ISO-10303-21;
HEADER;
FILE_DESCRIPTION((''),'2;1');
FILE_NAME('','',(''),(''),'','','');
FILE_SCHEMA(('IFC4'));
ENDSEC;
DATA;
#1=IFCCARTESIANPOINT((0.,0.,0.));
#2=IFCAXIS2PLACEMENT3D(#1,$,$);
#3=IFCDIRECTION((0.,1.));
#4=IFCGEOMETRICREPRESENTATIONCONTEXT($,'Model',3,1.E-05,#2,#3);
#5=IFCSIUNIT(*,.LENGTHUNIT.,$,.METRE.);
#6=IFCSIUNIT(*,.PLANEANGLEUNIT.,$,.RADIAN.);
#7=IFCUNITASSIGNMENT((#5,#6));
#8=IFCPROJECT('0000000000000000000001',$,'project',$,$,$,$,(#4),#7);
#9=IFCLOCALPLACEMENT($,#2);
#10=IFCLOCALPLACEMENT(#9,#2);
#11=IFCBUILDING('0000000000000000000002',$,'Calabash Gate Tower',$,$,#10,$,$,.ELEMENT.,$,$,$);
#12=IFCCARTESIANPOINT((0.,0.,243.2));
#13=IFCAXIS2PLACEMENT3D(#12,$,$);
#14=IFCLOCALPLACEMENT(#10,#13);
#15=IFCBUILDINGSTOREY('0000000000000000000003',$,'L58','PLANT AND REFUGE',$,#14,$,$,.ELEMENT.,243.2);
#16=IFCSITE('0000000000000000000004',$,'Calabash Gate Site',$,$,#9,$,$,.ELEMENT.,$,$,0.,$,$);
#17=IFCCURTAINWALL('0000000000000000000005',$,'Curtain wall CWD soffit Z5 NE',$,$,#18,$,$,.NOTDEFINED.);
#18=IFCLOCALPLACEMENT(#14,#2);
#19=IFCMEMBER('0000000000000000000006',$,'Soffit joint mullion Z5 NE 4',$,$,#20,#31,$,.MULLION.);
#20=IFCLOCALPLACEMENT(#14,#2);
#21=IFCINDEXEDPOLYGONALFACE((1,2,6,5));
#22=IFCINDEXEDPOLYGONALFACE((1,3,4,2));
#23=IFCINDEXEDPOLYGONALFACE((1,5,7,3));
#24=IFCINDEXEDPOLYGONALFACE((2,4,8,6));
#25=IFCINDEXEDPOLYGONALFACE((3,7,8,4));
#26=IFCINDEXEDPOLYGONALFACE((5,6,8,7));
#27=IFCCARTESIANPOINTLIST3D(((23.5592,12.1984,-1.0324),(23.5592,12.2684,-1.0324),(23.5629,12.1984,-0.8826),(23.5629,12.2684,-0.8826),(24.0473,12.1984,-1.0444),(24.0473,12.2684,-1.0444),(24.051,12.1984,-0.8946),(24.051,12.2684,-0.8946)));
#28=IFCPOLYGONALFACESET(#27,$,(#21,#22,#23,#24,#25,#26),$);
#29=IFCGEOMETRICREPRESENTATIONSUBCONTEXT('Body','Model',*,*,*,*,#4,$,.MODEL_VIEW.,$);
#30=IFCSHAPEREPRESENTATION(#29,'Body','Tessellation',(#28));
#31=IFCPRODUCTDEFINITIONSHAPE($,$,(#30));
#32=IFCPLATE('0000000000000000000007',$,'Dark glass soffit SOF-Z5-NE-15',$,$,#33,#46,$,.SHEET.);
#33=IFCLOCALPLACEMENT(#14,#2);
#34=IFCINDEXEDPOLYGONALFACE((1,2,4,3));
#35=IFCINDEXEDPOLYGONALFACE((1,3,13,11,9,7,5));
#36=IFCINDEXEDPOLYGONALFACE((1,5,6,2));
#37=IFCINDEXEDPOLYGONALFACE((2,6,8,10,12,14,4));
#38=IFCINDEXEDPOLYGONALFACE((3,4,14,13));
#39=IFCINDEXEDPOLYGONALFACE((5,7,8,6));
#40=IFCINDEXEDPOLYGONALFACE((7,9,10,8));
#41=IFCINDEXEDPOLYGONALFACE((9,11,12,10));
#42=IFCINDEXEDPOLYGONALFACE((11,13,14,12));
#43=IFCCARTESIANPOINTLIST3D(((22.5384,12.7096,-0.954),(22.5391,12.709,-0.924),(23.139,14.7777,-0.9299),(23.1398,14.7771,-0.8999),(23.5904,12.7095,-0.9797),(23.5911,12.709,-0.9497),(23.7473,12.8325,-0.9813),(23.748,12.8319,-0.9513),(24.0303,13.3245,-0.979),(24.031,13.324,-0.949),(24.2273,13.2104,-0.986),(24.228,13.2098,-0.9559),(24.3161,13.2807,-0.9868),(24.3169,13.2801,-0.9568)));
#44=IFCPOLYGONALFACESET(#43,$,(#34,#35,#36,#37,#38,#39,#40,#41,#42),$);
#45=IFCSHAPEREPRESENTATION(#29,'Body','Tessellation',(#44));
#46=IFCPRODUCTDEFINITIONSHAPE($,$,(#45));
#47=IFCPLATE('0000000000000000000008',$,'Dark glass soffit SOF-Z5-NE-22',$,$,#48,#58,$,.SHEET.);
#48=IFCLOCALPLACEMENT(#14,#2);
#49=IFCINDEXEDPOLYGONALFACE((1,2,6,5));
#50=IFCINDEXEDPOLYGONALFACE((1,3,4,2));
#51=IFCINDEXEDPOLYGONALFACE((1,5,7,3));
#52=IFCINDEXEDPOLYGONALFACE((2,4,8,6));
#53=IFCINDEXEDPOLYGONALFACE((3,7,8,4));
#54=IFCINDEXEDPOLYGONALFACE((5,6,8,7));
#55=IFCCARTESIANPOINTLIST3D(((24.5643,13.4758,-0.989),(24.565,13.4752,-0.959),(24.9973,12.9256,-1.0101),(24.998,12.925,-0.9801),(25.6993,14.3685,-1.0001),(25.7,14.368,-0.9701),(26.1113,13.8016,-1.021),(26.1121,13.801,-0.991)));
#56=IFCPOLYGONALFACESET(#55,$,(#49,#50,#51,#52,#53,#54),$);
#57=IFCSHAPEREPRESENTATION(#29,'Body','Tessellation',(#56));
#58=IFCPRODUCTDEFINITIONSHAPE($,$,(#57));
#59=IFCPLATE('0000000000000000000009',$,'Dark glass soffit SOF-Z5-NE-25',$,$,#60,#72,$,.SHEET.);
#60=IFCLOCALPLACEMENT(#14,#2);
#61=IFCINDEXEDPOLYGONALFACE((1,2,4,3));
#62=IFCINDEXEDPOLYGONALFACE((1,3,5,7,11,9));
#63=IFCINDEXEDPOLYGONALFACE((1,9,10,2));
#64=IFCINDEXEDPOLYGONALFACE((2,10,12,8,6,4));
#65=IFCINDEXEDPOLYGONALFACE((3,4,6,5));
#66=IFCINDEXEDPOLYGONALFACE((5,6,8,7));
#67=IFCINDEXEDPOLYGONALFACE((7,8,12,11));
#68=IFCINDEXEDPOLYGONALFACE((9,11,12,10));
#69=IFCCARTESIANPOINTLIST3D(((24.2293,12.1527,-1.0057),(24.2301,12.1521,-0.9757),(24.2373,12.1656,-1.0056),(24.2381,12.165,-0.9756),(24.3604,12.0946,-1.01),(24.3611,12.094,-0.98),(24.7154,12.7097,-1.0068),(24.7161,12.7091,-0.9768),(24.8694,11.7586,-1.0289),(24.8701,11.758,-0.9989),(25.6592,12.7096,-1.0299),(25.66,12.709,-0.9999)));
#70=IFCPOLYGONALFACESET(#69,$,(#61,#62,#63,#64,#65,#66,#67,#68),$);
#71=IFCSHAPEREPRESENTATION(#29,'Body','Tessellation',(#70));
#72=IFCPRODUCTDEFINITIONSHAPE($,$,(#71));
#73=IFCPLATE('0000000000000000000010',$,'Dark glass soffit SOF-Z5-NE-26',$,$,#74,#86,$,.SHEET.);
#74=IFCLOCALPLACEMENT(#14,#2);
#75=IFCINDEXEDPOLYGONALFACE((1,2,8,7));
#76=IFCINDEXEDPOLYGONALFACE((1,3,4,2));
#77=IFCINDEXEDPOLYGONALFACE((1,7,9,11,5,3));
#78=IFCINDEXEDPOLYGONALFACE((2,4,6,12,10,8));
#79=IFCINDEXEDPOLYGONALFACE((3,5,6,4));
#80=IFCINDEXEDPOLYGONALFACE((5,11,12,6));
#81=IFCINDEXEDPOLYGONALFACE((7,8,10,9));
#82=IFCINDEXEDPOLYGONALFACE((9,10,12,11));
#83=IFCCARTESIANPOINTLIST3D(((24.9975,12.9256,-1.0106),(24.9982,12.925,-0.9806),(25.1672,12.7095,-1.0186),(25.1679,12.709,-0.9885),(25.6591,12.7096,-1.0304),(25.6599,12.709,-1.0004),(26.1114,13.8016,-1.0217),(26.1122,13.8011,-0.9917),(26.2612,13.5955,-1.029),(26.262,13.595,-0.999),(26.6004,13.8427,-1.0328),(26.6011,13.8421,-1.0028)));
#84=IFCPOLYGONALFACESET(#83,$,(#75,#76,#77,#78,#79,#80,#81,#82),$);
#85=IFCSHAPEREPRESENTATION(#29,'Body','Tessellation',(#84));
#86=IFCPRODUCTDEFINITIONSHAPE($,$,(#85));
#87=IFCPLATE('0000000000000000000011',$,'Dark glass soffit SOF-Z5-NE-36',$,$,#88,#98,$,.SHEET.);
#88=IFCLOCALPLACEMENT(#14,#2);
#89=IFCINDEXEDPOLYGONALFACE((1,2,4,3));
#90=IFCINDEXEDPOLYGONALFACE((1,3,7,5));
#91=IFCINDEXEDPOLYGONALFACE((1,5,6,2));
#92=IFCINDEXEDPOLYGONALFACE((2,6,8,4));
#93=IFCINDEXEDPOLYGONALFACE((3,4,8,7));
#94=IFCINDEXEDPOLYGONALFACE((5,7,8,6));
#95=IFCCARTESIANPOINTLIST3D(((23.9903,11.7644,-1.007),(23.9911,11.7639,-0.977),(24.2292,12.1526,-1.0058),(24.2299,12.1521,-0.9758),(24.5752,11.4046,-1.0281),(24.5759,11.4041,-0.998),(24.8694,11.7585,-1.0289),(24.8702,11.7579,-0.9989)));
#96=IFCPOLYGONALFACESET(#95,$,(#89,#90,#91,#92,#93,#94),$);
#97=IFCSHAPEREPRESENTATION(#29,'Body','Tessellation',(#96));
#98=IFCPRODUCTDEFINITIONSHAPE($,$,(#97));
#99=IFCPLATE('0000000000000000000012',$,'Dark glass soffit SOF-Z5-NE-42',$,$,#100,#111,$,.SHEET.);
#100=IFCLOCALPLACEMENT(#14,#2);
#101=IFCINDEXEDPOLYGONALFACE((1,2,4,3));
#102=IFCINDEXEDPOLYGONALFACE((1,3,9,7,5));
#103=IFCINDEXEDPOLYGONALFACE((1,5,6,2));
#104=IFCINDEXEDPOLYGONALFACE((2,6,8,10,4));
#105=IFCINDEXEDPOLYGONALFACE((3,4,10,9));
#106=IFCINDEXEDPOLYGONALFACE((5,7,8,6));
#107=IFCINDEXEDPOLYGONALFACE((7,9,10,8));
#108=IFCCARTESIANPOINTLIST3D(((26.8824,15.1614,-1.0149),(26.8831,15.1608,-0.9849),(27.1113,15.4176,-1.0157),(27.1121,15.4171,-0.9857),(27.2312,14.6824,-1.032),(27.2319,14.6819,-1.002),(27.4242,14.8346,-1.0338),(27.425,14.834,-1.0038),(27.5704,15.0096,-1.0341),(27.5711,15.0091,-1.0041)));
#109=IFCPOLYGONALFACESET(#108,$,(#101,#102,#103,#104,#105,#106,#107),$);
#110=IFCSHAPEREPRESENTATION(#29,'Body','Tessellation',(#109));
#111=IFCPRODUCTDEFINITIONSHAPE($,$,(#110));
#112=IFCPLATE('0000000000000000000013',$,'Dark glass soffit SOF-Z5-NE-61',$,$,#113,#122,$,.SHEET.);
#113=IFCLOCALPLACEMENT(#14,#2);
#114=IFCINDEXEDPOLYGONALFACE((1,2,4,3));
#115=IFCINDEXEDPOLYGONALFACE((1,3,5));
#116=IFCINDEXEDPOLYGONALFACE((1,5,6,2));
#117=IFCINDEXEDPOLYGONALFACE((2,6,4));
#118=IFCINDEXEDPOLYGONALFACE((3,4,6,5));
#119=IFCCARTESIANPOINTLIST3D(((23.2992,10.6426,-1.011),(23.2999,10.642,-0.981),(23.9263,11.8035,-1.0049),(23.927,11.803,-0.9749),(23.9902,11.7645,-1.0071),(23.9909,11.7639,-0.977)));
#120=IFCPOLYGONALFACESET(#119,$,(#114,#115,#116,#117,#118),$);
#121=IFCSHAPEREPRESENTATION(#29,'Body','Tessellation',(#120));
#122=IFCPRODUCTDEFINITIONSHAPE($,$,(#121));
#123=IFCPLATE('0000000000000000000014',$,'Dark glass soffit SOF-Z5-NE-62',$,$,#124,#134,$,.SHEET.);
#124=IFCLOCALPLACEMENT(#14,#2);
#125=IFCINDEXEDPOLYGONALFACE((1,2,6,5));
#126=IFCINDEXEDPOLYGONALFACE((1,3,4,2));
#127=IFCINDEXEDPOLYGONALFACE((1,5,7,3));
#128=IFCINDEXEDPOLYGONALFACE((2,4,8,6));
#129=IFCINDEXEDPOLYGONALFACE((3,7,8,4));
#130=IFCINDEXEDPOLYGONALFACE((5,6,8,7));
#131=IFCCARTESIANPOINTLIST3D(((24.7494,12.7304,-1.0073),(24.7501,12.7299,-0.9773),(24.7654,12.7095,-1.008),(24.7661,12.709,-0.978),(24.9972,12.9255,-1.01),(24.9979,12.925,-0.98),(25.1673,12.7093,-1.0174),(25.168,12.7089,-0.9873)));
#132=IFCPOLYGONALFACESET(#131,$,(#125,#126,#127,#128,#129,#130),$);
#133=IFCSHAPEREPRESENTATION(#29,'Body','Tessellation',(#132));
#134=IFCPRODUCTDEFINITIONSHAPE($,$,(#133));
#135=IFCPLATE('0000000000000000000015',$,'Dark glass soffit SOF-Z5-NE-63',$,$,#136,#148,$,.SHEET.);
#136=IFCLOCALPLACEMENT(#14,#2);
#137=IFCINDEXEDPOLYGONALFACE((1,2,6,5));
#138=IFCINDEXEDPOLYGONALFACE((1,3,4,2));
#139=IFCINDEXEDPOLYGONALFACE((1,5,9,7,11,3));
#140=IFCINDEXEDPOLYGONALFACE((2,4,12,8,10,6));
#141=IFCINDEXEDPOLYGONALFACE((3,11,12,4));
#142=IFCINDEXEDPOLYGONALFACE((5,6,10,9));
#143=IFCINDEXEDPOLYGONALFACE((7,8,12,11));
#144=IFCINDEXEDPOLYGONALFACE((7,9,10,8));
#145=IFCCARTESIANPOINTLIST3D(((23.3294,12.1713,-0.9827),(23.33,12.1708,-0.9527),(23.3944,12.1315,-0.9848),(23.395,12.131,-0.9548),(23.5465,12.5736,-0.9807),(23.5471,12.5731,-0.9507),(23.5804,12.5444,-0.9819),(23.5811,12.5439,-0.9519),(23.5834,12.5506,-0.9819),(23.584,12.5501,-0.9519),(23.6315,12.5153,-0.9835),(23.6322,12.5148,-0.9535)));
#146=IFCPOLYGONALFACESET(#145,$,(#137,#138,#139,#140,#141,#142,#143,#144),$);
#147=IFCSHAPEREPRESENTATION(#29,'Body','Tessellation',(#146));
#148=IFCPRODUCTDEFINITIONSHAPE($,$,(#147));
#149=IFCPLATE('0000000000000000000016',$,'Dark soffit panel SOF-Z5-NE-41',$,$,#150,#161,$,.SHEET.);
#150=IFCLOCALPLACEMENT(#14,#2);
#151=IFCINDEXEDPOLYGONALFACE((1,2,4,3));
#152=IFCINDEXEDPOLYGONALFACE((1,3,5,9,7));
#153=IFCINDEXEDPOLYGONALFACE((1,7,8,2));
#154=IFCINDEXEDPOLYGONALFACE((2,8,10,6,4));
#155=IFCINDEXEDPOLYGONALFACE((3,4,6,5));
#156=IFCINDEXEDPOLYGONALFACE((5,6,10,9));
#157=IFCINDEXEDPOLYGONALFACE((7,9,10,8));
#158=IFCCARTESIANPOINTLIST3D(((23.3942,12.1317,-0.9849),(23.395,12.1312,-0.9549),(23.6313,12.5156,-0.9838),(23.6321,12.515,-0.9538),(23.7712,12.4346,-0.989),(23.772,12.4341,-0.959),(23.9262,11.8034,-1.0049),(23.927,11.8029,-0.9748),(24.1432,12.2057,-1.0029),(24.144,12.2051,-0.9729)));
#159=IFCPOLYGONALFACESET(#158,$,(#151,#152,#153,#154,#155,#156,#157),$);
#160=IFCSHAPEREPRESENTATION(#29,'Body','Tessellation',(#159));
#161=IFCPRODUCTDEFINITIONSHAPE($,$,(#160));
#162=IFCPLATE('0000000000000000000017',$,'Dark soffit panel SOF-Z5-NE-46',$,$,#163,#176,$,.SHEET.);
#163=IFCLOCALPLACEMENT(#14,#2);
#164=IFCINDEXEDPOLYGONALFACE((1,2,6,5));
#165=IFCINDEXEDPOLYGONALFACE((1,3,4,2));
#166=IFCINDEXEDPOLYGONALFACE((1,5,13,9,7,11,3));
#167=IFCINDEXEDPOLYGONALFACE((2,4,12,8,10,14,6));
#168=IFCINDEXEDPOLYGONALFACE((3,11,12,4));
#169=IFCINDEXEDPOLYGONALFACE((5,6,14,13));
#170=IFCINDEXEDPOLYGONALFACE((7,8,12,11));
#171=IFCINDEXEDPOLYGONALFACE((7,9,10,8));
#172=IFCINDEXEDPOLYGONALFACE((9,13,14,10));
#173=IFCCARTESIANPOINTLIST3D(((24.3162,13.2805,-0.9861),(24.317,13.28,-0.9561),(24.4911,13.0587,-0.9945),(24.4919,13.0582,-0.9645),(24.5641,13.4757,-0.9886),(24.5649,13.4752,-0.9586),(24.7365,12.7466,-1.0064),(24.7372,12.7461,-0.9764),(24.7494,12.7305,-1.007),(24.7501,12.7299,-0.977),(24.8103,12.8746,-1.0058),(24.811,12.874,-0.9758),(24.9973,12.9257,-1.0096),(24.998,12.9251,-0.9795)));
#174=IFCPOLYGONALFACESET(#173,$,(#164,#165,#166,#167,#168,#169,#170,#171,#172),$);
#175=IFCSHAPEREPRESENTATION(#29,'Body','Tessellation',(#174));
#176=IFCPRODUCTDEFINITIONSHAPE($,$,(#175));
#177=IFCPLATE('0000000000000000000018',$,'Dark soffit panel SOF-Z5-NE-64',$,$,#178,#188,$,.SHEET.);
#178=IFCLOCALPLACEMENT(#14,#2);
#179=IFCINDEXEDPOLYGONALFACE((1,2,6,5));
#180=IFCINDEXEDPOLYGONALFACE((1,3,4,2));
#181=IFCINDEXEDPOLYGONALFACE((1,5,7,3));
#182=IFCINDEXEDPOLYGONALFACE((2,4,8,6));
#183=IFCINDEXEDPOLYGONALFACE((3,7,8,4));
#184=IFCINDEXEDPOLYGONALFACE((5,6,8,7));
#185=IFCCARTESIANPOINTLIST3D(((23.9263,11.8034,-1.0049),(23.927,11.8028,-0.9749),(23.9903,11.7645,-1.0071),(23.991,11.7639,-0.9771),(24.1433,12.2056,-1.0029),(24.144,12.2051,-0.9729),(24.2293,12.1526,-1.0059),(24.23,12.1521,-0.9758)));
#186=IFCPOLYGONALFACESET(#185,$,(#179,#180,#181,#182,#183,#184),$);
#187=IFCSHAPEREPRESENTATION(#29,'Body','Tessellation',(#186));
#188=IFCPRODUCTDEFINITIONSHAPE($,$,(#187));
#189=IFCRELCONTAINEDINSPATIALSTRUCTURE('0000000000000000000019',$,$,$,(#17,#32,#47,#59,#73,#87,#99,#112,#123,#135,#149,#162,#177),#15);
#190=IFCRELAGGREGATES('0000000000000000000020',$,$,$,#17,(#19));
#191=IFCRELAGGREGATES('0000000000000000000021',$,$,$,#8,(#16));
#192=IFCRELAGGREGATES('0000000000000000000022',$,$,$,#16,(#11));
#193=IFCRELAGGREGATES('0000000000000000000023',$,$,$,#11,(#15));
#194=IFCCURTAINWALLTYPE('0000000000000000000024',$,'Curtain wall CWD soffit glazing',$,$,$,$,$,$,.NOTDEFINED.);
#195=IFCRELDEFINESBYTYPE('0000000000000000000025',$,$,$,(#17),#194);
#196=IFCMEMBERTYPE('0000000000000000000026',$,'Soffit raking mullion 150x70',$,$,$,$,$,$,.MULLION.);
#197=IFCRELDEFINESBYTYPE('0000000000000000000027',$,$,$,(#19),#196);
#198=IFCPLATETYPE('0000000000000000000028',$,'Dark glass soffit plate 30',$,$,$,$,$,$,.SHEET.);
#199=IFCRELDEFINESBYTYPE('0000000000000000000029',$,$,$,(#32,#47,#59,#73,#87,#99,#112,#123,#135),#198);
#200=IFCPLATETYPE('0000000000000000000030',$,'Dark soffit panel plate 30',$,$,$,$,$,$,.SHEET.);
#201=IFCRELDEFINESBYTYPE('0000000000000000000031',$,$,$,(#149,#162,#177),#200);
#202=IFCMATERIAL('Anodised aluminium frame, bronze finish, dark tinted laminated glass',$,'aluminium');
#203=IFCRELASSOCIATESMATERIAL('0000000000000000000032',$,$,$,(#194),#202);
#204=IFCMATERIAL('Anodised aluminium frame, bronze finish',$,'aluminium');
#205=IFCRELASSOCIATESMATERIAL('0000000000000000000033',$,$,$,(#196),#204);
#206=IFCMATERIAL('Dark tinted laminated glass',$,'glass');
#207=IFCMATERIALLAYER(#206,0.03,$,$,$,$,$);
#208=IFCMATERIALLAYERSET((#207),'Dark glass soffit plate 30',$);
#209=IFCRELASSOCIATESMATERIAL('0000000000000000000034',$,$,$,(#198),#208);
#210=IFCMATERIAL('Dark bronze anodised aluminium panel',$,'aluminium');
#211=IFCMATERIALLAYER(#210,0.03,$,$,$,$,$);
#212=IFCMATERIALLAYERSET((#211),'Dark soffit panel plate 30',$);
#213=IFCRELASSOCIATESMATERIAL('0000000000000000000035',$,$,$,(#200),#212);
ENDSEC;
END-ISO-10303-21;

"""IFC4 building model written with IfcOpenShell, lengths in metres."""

from ifc_helpers import new_model, si_unit, direction, frame, origin, origin_2d, place, context, subcontext, project, spatial, polyline, rectangle, outline, extrude, material, layer, layer_set, material_profile, profile_set, type_object, element, aggregate, save


model = new_model("IFC4")

# Units and contexts
model_context = context("Model", 3, precision=1e-05, world=origin(), true_north=direction((0.0, 1.0)))
body_context = subcontext(model_context, "Body", "Model", "MODEL_VIEW")
ifc_project = project(units=[si_unit("LENGTHUNIT", "METRE"), si_unit("PLANEANGLEUNIT", "RADIAN")], contexts=[model_context])

# Site, building, storey
site_placement = place(None, origin())
site = spatial("IfcSite", under=ifc_project, at=site_placement, Name="Calabash Gate Site", CompositionType="ELEMENT", RefElevation=0.0)
building_placement = place(site_placement, origin())
building = spatial("IfcBuilding", under=site, at=building_placement, Name="Calabash Gate Tower", CompositionType="ELEMENT")
storey_placement = place(building_placement, frame((0.0, 0.0, 243.2)))
storey = spatial("IfcBuildingStorey", under=building, at=storey_placement, Name="L58", Description="PLANT AND REFUGE", CompositionType="ELEMENT", Elevation=243.2)

# Curtain wall, member
ifc_material_1 = material(Name="Anodised aluminium frame, bronze finish, dark tinted laminated glass", Category="aluminium")
curtain_wall_type = type_object("IfcCurtainWallType", Name="Curtain wall CWD soffit glazing", PredefinedType="NOTDEFINED", material=ifc_material_1)
curtain_wall_placement = place(storey_placement, origin())
curtain_wall = element("IfcCurtainWall", 1, at=curtain_wall_placement, inside=storey, type_object=curtain_wall_type, Name="Curtain wall CWD soffit Z5 NE", PredefinedType="NOTDEFINED")
ifc_material_2 = material(Name="Anodised aluminium frame, bronze finish", Category="aluminium")
ifc_material_profile = material_profile(ifc_material_2, rectangle(XDim=0.1499, YDim=0.0701, at=origin_2d()))
ifc_profile_set = profile_set([ifc_material_profile], Name="Anodised aluminium frame, bronze finish")
member_type = type_object("IfcMemberType", Name="Soffit raking mullion 150x70", PredefinedType="MULLION", material=ifc_profile_set)
member_placement = place(storey_placement, frame((23.561, 12.2334, -0.9575), z_axis=(0.9997, 0.0, -0.024505), x_axis=(0.024505, 0.0, 0.9997)))
member = element("IfcMember", 2, at=member_placement, type_object=member_type, Name="Soffit joint mullion Z5 NE 4", PredefinedType="MULLION", context=body_context, shape_type="SweptSolid", body=[
    extrude(rectangle(XDim=0.1499, YDim=0.0701, at=origin_2d()), origin(), (0.0, 0.0, 1.0), 0.4883),
])
aggregate(curtain_wall, [member])

# Plates
ifc_material_3 = material(Name="Dark tinted laminated glass", Category="glass")
ifc_layer_1 = layer(ifc_material_3, 0.03)
ifc_layer_set_1 = layer_set([ifc_layer_1], Name="Dark glass soffit plate 30")
plate_type_1 = type_object("IfcPlateType", Name="Dark glass soffit plate 30", PredefinedType="SHEET", material=ifc_layer_set_1)
plate_1_placement = place(storey_placement, frame((24.031, 13.324, -0.949), z_axis=(0.024468, -0.018728, 0.999525), x_axis=(-0.498604, -0.86682, -0.004036)))
element("IfcPlate", 3, at=plate_1_placement, inside=storey, type_object=plate_type_1, Name="Dark glass soffit SOF-Z5-NE-15", PredefinedType="SHEET", context=body_context, shape_type="SweptSolid", body=[
    extrude(outline(polyline([(0.0, 0.0), (0.5676, 0.0), (0.7524, -0.0747), (1.2769, -0.9871), (-0.8154, -1.4978), (-0.1045, 0.2698), (0.0007, 0.2278), (0.0, 0.0)])), origin(), (0.0, 0.0, -1.0), 0.03),
])
plate_2_placement = place(storey_placement, frame((26.1121, 13.801, -0.991), z_axis=(0.024649, -0.018925, 0.999517), x_axis=(-0.786063, -0.618098, 0.007682)))
element("IfcPlate", 4, at=plate_2_placement, inside=storey, type_object=plate_type_1, Name="Dark glass soffit SOF-Z5-NE-22", PredefinedType="SHEET", context=body_context, shape_type="SweptSolid", body=[
    extrude(outline(polyline([(0.0, 0.0), (1.4172, 0.0), (1.4177, -0.7004), (-0.0264, -0.7007), (0.0, 0.0)])), origin(), (0.0, 0.0, -1.0), 0.03),
])
plate_3_placement = place(storey_placement, frame((24.3611, 12.094, -0.98), z_axis=(0.024416, -0.019206, 0.999517), x_axis=(0.499914, 0.866064, 0.004429)))
element("IfcPlate", 5, at=plate_3_placement, inside=storey, type_object=plate_type_1, Name="Dark glass soffit SOF-Z5-NE-25", PredefinedType="SHEET", context=body_context, shape_type="SweptSolid", body=[
    extrude(outline(polyline([(0.0, 0.0), (0.7102, 0.0), (1.1819, -0.8179), (-0.0366, -0.6091), (-0.0151, 0.1426), (0.0, 0.1421), (0.0, 0.0)])), origin(), (0.0, 0.0, -1.0), 0.03),
])
plate_4_placement = place(storey_placement, frame((26.262, 13.595, -0.999), z_axis=(0.024154, -0.018005, 0.999546), x_axis=(0.808167, 0.588885, -0.008922)))
element("IfcPlate", 6, at=plate_4_placement, inside=storey, type_object=plate_type_1, Name="Dark glass soffit SOF-Z5-NE-26", PredefinedType="SHEET", context=body_context, shape_type="SweptSolid", body=[
    extrude(outline(polyline([(0.0, 0.0), (0.4197, 0.0), (-1.0083, -0.3616), (-1.406, -0.0718), (-1.416, 0.2029), (0.0002, 0.2549), (0.0, 0.0)])), origin(), (0.0, 0.0, -1.0), 0.03),
])
plate_5_placement = place(storey_placement, frame((24.5759, 11.4041, -0.998), z_axis=(0.02486, -0.018189, 0.999525), x_axis=(-0.85133, 0.523731, 0.030705)))
element("IfcPlate", 7, at=plate_5_placement, inside=storey, type_object=plate_type_1, Name="Dark glass soffit SOF-Z5-NE-36", PredefinedType="SHEET", context=body_context, shape_type="SweptSolid", body=[
    extrude(outline(polyline([(0.0, 0.0), (0.687, 0.0), (0.687, -0.4558), (-0.0652, -0.4556), (0.0, 0.0)])), origin(), (0.0, 0.0, -1.0), 0.03),
])
plate_6_placement = place(storey_placement, frame((27.2319, 14.6819, -1.002), z_axis=(0.023818, -0.018199, 0.999551), x_axis=(-0.588493, 0.807992, 0.028734)))
element("IfcPlate", 8, at=plate_6_placement, inside=storey, type_object=plate_type_1, Name="Dark glass soffit SOF-Z5-NE-42", PredefinedType="SHEET", context=body_context, shape_type="SweptSolid", body=[
    extrude(outline(polyline([(0.0, 0.0), (0.5928, 0.0), (0.665, -0.3359), (0.0647, -0.4668), (0.0093, -0.2456), (0.0, 0.0)])), origin(), (0.0, 0.0, -1.0), 0.03),
])
plate_7_placement = place(storey_placement, frame((23.927, 11.803, -0.9749), z_axis=(0.023407, -0.017897, 0.999566), x_axis=(0.853076, -0.520963, -0.029304)))
element("IfcPlate", 9, at=plate_7_placement, inside=storey, type_object=plate_type_1, Name="Dark glass soffit SOF-Z5-NE-61", PredefinedType="SHEET", context=body_context, shape_type="SweptSolid", body=[
    extrude(outline(polyline([(0.0, 0.0), (0.075, 0.0), (0.0701, -1.3176), (0.0, 0.0)])), origin(), (0.0, 0.0, -1.0), 0.03),
])
plate_8_placement = place(storey_placement, frame((24.7661, 12.709, -0.978), z_axis=(0.023145, -0.015809, 0.999607), x_axis=(-0.608418, 0.79317, 0.026632)))
element("IfcPlate", 10, at=plate_8_placement, inside=storey, type_object=plate_type_1, Name="Dark glass soffit SOF-Z5-NE-62", PredefinedType="SHEET", context=body_context, shape_type="SweptSolid", body=[
    extrude(outline(polyline([(0.0, 0.0), (0.0264, 0.0), (0.0303, -0.3154), (-0.2449, -0.3188), (0.0, 0.0)])), origin(), (0.0, 0.0, -1.0), 0.03),
])
plate_9_placement = place(storey_placement, frame((23.5811, 12.5439, -0.9519), z_axis=(0.021652, -0.016645, 0.999627), x_axis=(0.86868, -0.494634, -0.027052)))
element("IfcPlate", 11, at=plate_9_placement, inside=storey, type_object=plate_type_1, Name="Dark glass soffit SOF-Z5-NE-63", PredefinedType="SHEET", context=body_context, shape_type="SweptSolid", body=[
    extrude(outline(polyline([(0.0, 0.0), (0.0588, 0.0), (0.0427, -0.4509), (-0.0334, -0.4485), (-0.0439, 0.0085), (-0.0005, 0.0068), (0.0, 0.0)])), origin(), (0.0, 0.0, -1.0), 0.03),
])
ifc_material_4 = material(Name="Dark bronze anodised aluminium panel", Category="aluminium")
ifc_layer_2 = layer(ifc_material_4, 0.03)
ifc_layer_set_2 = layer_set([ifc_layer_2], Name="Dark soffit panel plate 30")
plate_type_2 = type_object("IfcPlateType", Name="Dark soffit panel plate 30", PredefinedType="SHEET", material=ifc_layer_set_2)
plate_10_placement = place(storey_placement, frame((23.772, 12.4341, -0.959), z_axis=(0.025954, -0.018728, 0.999488), x_axis=(0.851186, -0.523893, -0.03192)))
element("IfcPlate", 12, at=plate_10_placement, inside=storey, type_object=plate_type_2, Name="Dark soffit panel SOF-Z5-NE-41", PredefinedType="SHEET", context=body_context, shape_type="SweptSolid", body=[
    extrude(outline(polyline([(0.0, 0.0), (0.437, 0.0), (0.4631, -0.4563), (-0.1624, -0.4556), (-0.1616, -0.0044), (0.0, 0.0)])), origin(), (0.0, 0.0, -1.0), 0.03),
])
plate_11_placement = place(storey_placement, frame((24.811, 12.874, -0.9758), z_axis=(0.02485, -0.018448, 0.999521), x_axis=(-0.865789, 0.499464, 0.030743)))
element("IfcPlate", 13, at=plate_11_placement, inside=storey, type_object=plate_type_2, Name="Dark soffit panel SOF-Z5-NE-46", PredefinedType="SHEET", context=body_context, shape_type="SweptSolid", body=[
    extrude(outline(polyline([(0.0, 0.0), (0.3687, 0.0), (0.6311, -0.1047), (0.5139, -0.3977), (-0.1365, -0.1377), (-0.0193, 0.1553), (0.0, 0.1477), (0.0, 0.0)])), origin(), (0.0, 0.0, -1.0), 0.03),
])
plate_12_placement = place(storey_placement, frame((24.144, 12.2051, -0.9729), z_axis=(0.023423, -0.017531, 0.999572), x_axis=(0.850882, -0.524549, -0.029139)))
element("IfcPlate", 14, at=plate_12_placement, inside=storey, type_object=plate_type_2, Name="Dark soffit panel SOF-Z5-NE-64", PredefinedType="SHEET", context=body_context, shape_type="SweptSolid", body=[
    extrude(outline(polyline([(0.0, 0.0), (0.1011, 0.0), (0.1013, -0.4558), (0.0264, -0.4563), (0.0, 0.0)])), origin(), (0.0, 0.0, -1.0), 0.03),
])

save(model, "model.ifc")
